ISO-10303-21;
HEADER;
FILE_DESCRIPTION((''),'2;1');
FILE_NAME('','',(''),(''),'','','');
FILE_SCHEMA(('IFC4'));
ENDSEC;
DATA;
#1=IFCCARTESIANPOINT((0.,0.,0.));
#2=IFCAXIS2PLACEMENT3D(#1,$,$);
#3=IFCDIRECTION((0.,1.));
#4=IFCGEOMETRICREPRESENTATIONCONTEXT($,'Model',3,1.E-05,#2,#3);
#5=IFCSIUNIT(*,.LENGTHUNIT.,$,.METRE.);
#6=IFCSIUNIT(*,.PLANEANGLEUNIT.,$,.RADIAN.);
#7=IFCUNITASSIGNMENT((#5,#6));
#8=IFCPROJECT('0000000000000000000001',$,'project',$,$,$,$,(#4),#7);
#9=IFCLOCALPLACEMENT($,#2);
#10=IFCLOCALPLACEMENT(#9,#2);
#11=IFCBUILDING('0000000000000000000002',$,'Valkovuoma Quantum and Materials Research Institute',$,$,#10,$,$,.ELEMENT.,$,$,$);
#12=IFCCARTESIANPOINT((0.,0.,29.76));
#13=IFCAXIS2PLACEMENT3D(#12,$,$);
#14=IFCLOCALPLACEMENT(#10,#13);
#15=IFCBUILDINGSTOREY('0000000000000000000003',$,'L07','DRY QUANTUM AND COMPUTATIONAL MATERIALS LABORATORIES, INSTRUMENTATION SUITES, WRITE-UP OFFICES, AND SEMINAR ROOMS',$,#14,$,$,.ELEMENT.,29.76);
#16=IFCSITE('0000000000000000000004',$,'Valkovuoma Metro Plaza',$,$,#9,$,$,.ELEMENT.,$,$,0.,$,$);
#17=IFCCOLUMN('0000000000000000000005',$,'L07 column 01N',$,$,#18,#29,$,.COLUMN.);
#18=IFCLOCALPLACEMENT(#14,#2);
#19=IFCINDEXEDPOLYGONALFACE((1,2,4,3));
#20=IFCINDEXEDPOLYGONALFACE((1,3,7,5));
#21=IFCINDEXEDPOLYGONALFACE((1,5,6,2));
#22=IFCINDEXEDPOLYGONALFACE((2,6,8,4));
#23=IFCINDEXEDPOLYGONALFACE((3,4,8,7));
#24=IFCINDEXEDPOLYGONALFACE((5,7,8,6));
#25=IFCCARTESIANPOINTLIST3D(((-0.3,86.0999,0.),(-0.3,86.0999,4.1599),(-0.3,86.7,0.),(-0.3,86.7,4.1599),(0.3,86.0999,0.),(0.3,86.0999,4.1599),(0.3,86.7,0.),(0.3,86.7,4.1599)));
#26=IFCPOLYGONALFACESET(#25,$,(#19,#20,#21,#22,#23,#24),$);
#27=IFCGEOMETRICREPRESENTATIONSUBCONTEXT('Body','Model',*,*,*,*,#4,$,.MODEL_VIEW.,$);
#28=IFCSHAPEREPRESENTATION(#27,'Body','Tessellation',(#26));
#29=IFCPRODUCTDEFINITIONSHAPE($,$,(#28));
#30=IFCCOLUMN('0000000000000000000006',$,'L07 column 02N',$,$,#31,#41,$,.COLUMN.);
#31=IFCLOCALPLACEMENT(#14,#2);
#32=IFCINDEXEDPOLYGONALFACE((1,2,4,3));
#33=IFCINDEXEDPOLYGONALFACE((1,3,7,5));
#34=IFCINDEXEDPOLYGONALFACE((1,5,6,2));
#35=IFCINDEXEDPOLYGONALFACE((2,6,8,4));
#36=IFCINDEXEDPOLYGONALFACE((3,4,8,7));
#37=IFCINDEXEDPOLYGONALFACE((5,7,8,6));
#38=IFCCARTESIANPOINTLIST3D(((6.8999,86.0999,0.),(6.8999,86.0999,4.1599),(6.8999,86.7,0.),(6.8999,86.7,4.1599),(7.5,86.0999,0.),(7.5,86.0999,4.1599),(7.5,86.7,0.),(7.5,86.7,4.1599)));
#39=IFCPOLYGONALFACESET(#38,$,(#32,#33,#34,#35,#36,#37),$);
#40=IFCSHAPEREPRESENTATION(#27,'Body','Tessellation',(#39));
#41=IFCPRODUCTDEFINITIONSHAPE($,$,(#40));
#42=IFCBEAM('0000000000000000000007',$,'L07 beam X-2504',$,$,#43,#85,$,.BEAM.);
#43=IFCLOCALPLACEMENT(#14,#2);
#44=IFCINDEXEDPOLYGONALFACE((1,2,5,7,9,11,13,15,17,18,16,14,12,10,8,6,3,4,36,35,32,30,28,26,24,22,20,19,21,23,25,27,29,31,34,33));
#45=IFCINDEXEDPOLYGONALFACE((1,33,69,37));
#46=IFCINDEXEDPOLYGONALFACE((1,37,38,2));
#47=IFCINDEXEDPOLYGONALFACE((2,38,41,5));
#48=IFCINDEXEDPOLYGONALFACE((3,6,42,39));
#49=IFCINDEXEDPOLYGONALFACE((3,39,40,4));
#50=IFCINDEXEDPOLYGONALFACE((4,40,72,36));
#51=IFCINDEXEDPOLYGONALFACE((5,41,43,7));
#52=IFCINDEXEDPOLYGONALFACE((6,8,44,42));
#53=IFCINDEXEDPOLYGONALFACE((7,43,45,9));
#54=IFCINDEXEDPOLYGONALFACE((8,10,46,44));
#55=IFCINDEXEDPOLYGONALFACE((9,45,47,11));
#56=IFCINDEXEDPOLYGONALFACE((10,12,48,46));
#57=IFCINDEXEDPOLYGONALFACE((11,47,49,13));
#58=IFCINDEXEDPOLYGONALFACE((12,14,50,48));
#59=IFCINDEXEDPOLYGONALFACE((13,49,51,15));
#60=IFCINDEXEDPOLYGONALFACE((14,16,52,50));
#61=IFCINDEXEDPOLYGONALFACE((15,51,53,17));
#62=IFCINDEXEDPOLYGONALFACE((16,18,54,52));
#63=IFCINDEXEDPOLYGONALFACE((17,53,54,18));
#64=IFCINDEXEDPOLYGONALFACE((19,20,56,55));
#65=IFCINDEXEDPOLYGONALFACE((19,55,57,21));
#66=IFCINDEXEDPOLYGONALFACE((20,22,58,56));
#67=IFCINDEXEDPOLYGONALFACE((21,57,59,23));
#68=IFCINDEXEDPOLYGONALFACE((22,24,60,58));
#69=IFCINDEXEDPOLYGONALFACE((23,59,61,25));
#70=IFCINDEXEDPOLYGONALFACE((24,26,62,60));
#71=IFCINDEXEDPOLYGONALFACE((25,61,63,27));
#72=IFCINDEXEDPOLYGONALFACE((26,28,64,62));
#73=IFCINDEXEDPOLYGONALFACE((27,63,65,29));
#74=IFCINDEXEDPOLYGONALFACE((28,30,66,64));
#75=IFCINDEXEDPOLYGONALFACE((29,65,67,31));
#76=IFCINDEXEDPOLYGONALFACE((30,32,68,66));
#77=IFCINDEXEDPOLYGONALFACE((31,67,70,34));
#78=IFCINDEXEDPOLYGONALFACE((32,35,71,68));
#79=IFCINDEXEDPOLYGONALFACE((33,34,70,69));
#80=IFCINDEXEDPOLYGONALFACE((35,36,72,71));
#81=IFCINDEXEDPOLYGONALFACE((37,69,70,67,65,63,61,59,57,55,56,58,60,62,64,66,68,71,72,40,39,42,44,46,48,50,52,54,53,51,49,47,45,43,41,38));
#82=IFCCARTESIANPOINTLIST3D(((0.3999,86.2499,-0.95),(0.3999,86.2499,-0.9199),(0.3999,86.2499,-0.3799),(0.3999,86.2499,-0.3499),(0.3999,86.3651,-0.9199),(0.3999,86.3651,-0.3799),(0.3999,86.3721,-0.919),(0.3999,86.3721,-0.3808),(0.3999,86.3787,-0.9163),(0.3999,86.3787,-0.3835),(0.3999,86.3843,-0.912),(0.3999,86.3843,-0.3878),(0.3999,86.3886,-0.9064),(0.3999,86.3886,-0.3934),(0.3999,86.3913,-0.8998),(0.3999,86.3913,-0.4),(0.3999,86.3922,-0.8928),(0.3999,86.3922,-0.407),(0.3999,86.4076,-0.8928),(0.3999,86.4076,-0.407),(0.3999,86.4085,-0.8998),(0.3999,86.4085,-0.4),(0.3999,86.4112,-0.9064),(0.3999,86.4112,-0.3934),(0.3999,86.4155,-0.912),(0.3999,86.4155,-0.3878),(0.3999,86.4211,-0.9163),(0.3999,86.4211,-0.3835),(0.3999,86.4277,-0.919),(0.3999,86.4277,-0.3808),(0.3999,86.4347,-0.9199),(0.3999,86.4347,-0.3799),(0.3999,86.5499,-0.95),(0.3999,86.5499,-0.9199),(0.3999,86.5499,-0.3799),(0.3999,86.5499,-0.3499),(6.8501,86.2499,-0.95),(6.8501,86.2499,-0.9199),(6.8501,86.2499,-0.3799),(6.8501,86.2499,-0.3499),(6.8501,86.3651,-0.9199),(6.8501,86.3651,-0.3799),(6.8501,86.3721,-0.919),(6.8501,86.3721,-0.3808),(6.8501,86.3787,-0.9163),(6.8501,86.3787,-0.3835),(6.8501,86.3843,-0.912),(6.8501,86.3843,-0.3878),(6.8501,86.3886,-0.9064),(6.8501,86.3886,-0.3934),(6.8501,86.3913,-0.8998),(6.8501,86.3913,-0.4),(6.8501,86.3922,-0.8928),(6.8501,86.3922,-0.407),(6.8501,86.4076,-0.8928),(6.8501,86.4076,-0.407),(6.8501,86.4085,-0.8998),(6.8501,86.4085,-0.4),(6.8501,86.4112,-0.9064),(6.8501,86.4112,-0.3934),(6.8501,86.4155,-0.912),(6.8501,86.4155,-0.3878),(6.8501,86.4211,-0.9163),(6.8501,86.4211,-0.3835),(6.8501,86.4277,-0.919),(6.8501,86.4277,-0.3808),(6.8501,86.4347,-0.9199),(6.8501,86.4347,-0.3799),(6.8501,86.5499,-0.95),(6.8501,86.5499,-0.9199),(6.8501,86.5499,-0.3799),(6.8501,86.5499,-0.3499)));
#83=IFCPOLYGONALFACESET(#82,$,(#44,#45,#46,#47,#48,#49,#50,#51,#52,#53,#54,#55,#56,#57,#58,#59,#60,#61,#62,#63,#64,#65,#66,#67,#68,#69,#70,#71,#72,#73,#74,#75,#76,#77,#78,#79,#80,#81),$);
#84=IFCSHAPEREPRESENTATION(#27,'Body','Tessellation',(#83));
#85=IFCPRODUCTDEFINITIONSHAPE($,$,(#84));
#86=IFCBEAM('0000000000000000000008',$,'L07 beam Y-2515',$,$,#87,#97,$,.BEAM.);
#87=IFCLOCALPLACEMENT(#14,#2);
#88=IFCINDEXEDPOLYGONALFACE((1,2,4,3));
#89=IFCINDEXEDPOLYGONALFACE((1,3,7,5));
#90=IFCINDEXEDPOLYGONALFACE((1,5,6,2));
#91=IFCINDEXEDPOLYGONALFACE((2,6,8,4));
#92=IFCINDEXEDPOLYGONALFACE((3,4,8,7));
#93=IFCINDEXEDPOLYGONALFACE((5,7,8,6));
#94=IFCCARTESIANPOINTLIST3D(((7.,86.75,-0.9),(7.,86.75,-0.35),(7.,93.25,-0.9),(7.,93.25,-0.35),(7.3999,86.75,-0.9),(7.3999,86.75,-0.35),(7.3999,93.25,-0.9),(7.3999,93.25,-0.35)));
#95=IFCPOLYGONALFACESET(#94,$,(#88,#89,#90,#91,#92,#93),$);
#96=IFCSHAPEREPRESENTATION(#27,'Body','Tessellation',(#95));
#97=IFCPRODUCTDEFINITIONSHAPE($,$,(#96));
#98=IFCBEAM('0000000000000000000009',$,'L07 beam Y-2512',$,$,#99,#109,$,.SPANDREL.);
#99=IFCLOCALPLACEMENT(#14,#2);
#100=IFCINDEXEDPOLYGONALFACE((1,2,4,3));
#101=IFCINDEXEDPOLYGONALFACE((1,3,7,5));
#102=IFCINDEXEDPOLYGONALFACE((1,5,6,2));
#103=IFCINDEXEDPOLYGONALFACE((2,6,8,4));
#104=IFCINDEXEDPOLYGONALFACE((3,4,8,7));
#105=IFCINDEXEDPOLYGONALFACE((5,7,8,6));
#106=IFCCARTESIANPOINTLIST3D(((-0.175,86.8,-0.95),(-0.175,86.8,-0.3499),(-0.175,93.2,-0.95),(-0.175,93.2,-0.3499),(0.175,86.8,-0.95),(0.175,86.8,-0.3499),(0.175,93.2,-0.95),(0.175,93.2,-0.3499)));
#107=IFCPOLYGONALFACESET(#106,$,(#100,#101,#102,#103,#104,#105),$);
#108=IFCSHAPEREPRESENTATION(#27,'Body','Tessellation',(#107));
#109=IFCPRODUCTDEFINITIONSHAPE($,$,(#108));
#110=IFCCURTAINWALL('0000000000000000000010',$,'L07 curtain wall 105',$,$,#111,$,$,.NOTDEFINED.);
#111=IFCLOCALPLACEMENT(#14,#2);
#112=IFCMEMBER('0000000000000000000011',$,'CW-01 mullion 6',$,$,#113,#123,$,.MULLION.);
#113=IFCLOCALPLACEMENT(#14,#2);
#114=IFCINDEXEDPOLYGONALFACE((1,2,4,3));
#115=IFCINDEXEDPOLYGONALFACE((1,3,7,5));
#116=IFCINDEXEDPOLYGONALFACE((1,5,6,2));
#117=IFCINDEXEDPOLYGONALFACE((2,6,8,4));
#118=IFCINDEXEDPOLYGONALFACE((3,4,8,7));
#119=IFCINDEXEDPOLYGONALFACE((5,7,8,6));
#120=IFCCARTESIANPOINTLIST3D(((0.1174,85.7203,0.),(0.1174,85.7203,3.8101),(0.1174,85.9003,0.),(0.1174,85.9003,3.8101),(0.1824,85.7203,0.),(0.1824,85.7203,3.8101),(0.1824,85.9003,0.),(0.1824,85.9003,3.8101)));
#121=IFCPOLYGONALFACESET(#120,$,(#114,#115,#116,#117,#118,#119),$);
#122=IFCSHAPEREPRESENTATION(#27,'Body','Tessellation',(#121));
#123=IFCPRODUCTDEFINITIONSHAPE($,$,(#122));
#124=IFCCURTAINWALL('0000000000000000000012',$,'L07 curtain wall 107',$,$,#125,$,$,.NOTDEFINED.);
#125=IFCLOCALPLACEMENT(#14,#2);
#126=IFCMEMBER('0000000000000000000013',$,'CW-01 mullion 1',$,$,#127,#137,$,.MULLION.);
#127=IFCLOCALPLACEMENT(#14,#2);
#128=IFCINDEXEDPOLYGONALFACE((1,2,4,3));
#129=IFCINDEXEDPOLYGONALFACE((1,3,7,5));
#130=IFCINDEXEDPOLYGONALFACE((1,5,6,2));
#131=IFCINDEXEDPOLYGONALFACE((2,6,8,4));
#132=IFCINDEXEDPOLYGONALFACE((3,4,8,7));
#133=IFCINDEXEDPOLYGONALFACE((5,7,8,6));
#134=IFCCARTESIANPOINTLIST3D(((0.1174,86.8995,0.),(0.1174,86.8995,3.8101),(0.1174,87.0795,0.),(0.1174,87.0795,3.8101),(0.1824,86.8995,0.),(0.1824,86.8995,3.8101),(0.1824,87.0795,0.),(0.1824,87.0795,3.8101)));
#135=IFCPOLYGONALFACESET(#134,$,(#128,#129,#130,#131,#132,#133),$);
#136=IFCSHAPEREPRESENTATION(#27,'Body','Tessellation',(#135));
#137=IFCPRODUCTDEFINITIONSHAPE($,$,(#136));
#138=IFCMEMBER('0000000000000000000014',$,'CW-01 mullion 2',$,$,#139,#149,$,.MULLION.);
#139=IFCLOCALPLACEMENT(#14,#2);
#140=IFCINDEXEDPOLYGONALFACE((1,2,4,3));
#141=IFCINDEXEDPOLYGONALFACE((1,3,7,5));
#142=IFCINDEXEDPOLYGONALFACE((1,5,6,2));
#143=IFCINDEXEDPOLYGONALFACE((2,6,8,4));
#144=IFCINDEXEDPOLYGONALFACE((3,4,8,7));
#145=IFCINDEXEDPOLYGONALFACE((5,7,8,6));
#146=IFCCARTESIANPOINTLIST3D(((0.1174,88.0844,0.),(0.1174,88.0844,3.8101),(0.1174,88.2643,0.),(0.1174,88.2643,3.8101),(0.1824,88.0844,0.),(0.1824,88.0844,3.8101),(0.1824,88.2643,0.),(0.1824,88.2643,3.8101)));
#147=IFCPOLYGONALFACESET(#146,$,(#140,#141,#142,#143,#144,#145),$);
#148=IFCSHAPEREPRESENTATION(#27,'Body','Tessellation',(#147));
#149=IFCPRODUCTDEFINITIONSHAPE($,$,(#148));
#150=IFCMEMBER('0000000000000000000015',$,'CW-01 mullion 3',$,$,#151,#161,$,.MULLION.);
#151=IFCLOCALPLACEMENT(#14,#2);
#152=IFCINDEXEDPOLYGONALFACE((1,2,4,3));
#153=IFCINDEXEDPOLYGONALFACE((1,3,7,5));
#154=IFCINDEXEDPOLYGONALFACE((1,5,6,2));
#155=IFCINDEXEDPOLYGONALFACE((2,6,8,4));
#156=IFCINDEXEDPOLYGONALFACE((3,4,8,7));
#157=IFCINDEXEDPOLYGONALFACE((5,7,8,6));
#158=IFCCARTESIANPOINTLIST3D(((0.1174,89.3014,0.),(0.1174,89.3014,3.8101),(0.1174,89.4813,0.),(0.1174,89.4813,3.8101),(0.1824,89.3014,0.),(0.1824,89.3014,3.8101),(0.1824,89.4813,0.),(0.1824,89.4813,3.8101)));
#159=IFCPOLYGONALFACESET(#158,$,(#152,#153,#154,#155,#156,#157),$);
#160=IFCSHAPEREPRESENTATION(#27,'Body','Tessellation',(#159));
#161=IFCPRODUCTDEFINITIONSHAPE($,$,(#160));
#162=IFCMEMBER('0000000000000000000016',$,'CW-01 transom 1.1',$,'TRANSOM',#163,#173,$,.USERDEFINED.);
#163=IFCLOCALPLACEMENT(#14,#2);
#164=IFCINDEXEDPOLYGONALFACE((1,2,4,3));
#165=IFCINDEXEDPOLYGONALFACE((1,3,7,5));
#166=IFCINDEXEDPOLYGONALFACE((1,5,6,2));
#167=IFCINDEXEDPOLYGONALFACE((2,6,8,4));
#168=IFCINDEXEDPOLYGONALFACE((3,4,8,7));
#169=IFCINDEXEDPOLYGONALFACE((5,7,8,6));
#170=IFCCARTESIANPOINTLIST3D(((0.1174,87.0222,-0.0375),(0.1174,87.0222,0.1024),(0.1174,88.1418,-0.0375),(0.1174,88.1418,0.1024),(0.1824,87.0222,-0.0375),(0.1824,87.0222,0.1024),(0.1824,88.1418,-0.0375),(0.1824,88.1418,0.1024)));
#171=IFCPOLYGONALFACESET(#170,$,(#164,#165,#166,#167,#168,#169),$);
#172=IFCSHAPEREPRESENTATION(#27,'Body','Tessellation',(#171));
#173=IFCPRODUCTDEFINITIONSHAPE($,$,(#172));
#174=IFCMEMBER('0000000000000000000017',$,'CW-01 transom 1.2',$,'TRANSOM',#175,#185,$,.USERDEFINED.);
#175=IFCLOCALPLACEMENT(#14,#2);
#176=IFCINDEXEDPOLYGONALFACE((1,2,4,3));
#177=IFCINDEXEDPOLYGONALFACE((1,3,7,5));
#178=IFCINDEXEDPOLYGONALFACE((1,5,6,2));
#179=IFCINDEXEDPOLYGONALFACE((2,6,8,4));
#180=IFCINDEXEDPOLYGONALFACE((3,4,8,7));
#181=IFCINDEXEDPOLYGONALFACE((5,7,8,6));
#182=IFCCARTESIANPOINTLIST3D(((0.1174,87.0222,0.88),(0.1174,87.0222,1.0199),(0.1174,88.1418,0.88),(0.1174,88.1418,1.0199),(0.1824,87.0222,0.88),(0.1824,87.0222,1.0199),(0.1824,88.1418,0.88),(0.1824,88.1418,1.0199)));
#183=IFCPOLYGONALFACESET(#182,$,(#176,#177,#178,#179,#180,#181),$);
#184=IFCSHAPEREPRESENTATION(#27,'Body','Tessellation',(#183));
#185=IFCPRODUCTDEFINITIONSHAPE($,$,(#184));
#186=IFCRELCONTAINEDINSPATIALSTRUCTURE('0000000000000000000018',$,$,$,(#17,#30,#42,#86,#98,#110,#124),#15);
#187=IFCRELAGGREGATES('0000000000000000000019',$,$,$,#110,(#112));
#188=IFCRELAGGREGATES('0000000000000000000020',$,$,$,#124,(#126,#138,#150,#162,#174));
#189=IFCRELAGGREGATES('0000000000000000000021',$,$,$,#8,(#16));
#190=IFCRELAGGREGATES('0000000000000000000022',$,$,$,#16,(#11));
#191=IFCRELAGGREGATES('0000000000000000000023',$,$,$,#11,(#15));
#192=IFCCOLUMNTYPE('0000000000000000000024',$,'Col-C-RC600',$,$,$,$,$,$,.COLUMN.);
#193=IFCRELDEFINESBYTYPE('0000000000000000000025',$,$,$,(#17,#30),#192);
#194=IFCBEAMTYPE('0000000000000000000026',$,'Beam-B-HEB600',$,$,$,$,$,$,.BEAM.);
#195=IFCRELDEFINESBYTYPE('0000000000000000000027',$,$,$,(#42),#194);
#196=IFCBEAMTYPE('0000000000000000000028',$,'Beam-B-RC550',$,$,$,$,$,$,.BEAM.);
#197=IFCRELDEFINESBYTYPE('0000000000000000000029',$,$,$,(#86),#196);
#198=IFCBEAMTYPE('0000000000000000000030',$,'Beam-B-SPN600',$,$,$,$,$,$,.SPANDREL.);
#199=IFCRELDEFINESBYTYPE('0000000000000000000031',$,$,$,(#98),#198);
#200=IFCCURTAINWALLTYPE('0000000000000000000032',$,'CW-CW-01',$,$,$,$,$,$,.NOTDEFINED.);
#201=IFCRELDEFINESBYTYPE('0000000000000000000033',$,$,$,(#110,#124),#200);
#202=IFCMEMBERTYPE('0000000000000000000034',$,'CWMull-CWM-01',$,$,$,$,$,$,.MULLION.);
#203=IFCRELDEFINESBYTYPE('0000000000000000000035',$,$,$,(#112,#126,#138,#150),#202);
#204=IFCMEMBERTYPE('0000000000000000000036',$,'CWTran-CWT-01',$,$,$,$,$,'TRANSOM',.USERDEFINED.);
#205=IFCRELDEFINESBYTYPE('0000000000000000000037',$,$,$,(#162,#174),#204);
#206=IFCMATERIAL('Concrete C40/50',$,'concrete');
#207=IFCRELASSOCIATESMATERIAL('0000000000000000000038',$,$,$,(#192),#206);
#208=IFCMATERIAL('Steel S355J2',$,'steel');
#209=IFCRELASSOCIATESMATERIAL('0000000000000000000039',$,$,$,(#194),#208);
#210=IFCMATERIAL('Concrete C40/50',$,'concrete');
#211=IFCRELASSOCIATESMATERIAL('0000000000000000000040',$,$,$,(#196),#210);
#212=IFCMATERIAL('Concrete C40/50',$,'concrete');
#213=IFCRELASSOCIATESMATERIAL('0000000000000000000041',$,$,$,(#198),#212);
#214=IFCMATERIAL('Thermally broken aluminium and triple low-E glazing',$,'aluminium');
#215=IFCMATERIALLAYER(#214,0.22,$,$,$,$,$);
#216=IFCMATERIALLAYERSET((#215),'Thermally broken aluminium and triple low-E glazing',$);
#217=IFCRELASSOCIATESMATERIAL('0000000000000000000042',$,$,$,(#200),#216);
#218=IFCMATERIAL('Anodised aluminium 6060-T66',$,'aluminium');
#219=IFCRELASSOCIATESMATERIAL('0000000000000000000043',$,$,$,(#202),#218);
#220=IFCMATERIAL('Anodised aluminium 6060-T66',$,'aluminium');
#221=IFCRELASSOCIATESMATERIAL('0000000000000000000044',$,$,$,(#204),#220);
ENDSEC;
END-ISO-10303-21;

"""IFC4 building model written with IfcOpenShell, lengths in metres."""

from ifc_helpers import new_model, si_unit, direction, frame, origin, origin_2d, place, context, subcontext, project, spatial, rectangle, i_section, extrude, material, layer, layer_set, material_profile, profile_set, type_object, element, aggregate, save


model = new_model("IFC4")

# Units and contexts
model_context = context("Model", 3, precision=1e-05, world=origin(), true_north=direction((0.0, 1.0)))
body_context = subcontext(model_context, "Body", "Model", "MODEL_VIEW")
ifc_project = project(units=[si_unit("LENGTHUNIT", "METRE"), si_unit("PLANEANGLEUNIT", "RADIAN")], contexts=[model_context])

# Site, building, storey
site_placement = place(None, origin())
site = spatial("IfcSite", under=ifc_project, at=site_placement, Name="Valkovuoma Metro Plaza", CompositionType="ELEMENT", RefElevation=0.0)
building_placement = place(site_placement, origin())
building = spatial("IfcBuilding", under=site, at=building_placement, Name="Valkovuoma Quantum and Materials Research Institute", CompositionType="ELEMENT")
storey_placement = place(building_placement, frame((0.0, 0.0, 29.76)))
storey = spatial("IfcBuildingStorey", under=building, at=storey_placement, Name="L07", Description="DRY QUANTUM AND COMPUTATIONAL MATERIALS LABORATORIES, INSTRUMENTATION SUITES, WRITE-UP OFFICES, AND SEMINAR ROOMS", CompositionType="ELEMENT", Elevation=29.76)

# Columns
ifc_material_1 = material(Name="Concrete C40/50", Category="concrete")
ifc_material_profile_1 = material_profile(ifc_material_1, rectangle(XDim=0.6001, YDim=0.6001, at=origin_2d()), Name="Concrete C40/50")
ifc_profile_set_1 = profile_set([ifc_material_profile_1], Name="Concrete C40/50")
column_type = type_object("IfcColumnType", Name="Col-C-RC600", PredefinedType="COLUMN", material=ifc_profile_set_1)
for number, where, z_axis, x_axis, name in (
    (1, (0.0, 86.3999, 0.0), (0.0, 0.0, 1.0), (1.0, 0.0, 0.0), "L07 column 01N"),
    (2, (7.2, 86.3999, 0.0), (0.0, 0.0, 1.0), (1.0, 0.0, 0.0), "L07 column 02N"),
):
    element("IfcColumn", number, at=place(storey_placement, frame(where, z_axis=z_axis, x_axis=x_axis)), inside=storey, type_object=column_type, Name=name, PredefinedType="COLUMN", context=body_context, shape_type="SweptSolid", body=[
        extrude(rectangle(XDim=0.6001, YDim=0.6001, at=origin_2d()), origin(), (0.0, 0.0, 1.0), 4.1599),
    ])

# Beams
ifc_material_2 = material(Name="Steel S355J2", Category="steel")
ifc_material_profile_2 = material_profile(ifc_material_2, i_section(OverallWidth=0.3, OverallDepth=0.6001, WebThickness=0.0154, FlangeThickness=0.03, FilletRadius=0.0271, at=origin_2d()), Name="Steel S355J2")
ifc_profile_set_2 = profile_set([ifc_material_profile_2], Name="Steel S355J2")
beam_type_1 = type_object("IfcBeamType", Name="Beam-B-HEB600", PredefinedType="BEAM", material=ifc_profile_set_2)
beam_1_placement = place(storey_placement, frame((0.3999, 86.3999, -0.6499), z_axis=(1.0, 0.0, 0.0), x_axis=(0.0, 1.0, 0.0)))
element("IfcBeam", 3, at=beam_1_placement, inside=storey, type_object=beam_type_1, Name="L07 beam X-2504", PredefinedType="BEAM", context=body_context, shape_type="SweptSolid", body=[
    extrude(i_section(OverallWidth=0.3, OverallDepth=0.6001, WebThickness=0.0154, FlangeThickness=0.03, FilletRadius=0.0271, at=origin_2d()), origin(), (0.0, 0.0, 1.0), 6.4502),
])
ifc_material_3 = material(Name="Concrete C40/50", Category="concrete")
ifc_material_profile_3 = material_profile(ifc_material_3, rectangle(XDim=0.3999, YDim=0.55, at=origin_2d()), Name="Concrete C40/50")
ifc_profile_set_3 = profile_set([ifc_material_profile_3], Name="Concrete C40/50")
beam_type_2 = type_object("IfcBeamType", Name="Beam-B-RC550", PredefinedType="BEAM", material=ifc_profile_set_3)
beam_2_placement = place(storey_placement, frame((7.2, 86.75, -0.625), z_axis=(0.0, 1.0, 0.0), x_axis=(-1.0, 0.0, 0.0)))
element("IfcBeam", 4, at=beam_2_placement, inside=storey, type_object=beam_type_2, Name="L07 beam Y-2515", PredefinedType="BEAM", context=body_context, shape_type="SweptSolid", body=[
    extrude(rectangle(XDim=0.3999, YDim=0.55, at=origin_2d()), origin(), (0.0, 0.0, 1.0), 6.5),
])
ifc_material_4 = material(Name="Concrete C40/50", Category="concrete")
ifc_material_profile_4 = material_profile(ifc_material_4, rectangle(XDim=0.3501, YDim=0.6001, at=origin_2d()), Name="Concrete C40/50")
ifc_profile_set_4 = profile_set([ifc_material_profile_4], Name="Concrete C40/50")
beam_type_3 = type_object("IfcBeamType", Name="Beam-B-SPN600", PredefinedType="SPANDREL", material=ifc_profile_set_4)
beam_3_placement = place(storey_placement, frame((0.0, 86.8, -0.6499), z_axis=(0.0, 1.0, 0.0), x_axis=(-1.0, 0.0, 0.0)))
element("IfcBeam", 5, at=beam_3_placement, inside=storey, type_object=beam_type_3, Name="L07 beam Y-2512", PredefinedType="SPANDREL", context=body_context, shape_type="SweptSolid", body=[
    extrude(rectangle(XDim=0.3501, YDim=0.6001, at=origin_2d()), origin(), (0.0, 0.0, 1.0), 6.3999),
])

# Curtain wall, member
ifc_material_5 = material(Name="Thermally broken aluminium and triple low-E glazing", Category="aluminium")
ifc_layer_1 = layer(ifc_material_5, 0.22)
ifc_layer_set_1 = layer_set([ifc_layer_1], Name="Thermally broken aluminium and triple low-E glazing")
curtain_wall_type = type_object("IfcCurtainWallType", Name="CW-CW-01", PredefinedType="NOTDEFINED", material=ifc_layer_set_1)
curtain_wall_1_placement = place(storey_placement, origin())
curtain_wall_1 = element("IfcCurtainWall", 6, at=curtain_wall_1_placement, inside=storey, type_object=curtain_wall_type, Name="L07 curtain wall 105", PredefinedType="NOTDEFINED")
ifc_material_6 = material(Name="Anodised aluminium 6060-T66", Category="aluminium")
ifc_material_profile_5 = material_profile(ifc_material_6, rectangle(XDim=0.0649, YDim=0.1799, at=origin_2d()), Name="Anodised aluminium 6060-T66")
ifc_profile_set_5 = profile_set([ifc_material_profile_5], Name="Anodised aluminium 6060-T66")
member_type_1 = type_object("IfcMemberType", Name="CWMull-CWM-01", PredefinedType="MULLION", material=ifc_profile_set_5)
member_1_placement = place(storey_placement, frame((0.1499, 85.8103, 0.0), z_axis=(0.0, 0.0, 1.0), x_axis=(-1.0, 0.0, 0.0)))
member_1 = element("IfcMember", 7, at=member_1_placement, type_object=member_type_1, Name="CW-01 mullion 6", PredefinedType="MULLION", context=body_context, shape_type="SweptSolid", body=[
    extrude(rectangle(XDim=0.0649, YDim=0.1799, at=origin_2d()), origin(), (0.0, 0.0, 1.0), 3.8101),
])

# Curtain wall, members
curtain_wall_2_placement = place(storey_placement, origin())
curtain_wall_2 = element("IfcCurtainWall", 8, at=curtain_wall_2_placement, inside=storey, type_object=curtain_wall_type, Name="L07 curtain wall 107", PredefinedType="NOTDEFINED")
member_2_placement = place(storey_placement, frame((0.1499, 86.9895, 0.0), z_axis=(0.0, 0.0, 1.0), x_axis=(-1.0, 0.0, 0.0)))
member_2 = element("IfcMember", 9, at=member_2_placement, type_object=member_type_1, Name="CW-01 mullion 1", PredefinedType="MULLION", context=body_context, shape_type="SweptSolid", body=[
    extrude(rectangle(XDim=0.0649, YDim=0.1799, at=origin_2d()), origin(), (0.0, 0.0, 1.0), 3.8101),
])
member_3_placement = place(storey_placement, frame((0.1499, 88.1743, 0.0), z_axis=(0.0, 0.0, 1.0), x_axis=(-1.0, 0.0, 0.0)))
member_3 = element("IfcMember", 10, at=member_3_placement, type_object=member_type_1, Name="CW-01 mullion 2", PredefinedType="MULLION", context=body_context, shape_type="SweptSolid", body=[
    extrude(rectangle(XDim=0.0649, YDim=0.1799, at=origin_2d()), origin(), (0.0, 0.0, 1.0), 3.8101),
])
member_4_placement = place(storey_placement, frame((0.1499, 89.3914, 0.0), z_axis=(0.0, 0.0, 1.0), x_axis=(-1.0, 0.0, 0.0)))
member_4 = element("IfcMember", 11, at=member_4_placement, type_object=member_type_1, Name="CW-01 mullion 3", PredefinedType="MULLION", context=body_context, shape_type="SweptSolid", body=[
    extrude(rectangle(XDim=0.0649, YDim=0.1799, at=origin_2d()), origin(), (0.0, 0.0, 1.0), 3.8101),
])
ifc_material_7 = material(Name="Anodised aluminium 6060-T66", Category="aluminium")
ifc_material_profile_6 = material_profile(ifc_material_7, rectangle(XDim=0.0649, YDim=0.1399, at=origin_2d()), Name="Anodised aluminium 6060-T66")
ifc_profile_set_6 = profile_set([ifc_material_profile_6], Name="Anodised aluminium 6060-T66")
member_type_2 = type_object("IfcMemberType", Name="CWTran-CWT-01", ElementType="TRANSOM", PredefinedType="USERDEFINED", material=ifc_profile_set_6)
member_5_placement = place(storey_placement, frame((0.1499, 87.0222, 0.0325), z_axis=(0.0, 1.0, 0.0), x_axis=(-1.0, 0.0, 0.0)))
member_5 = element("IfcMember", 12, at=member_5_placement, type_object=member_type_2, Name="CW-01 transom 1.1", ObjectType="TRANSOM", PredefinedType="USERDEFINED", context=body_context, shape_type="SweptSolid", body=[
    extrude(rectangle(XDim=0.0649, YDim=0.1399, at=origin_2d()), origin(), (0.0, 0.0, 1.0), 1.1196),
])
member_6_placement = place(storey_placement, frame((0.1499, 87.0222, 0.95), z_axis=(0.0, 1.0, 0.0), x_axis=(-1.0, 0.0, 0.0)))
member_6 = element("IfcMember", 13, at=member_6_placement, type_object=member_type_2, Name="CW-01 transom 1.2", ObjectType="TRANSOM", PredefinedType="USERDEFINED", context=body_context, shape_type="SweptSolid", body=[
    extrude(rectangle(XDim=0.0649, YDim=0.1399, at=origin_2d()), origin(), (0.0, 0.0, 1.0), 1.1196),
])

aggregate(curtain_wall_1, [member_1])
aggregate(curtain_wall_2, [member_2, member_3, member_4, member_5, member_6])

save(model, "model.ifc")
